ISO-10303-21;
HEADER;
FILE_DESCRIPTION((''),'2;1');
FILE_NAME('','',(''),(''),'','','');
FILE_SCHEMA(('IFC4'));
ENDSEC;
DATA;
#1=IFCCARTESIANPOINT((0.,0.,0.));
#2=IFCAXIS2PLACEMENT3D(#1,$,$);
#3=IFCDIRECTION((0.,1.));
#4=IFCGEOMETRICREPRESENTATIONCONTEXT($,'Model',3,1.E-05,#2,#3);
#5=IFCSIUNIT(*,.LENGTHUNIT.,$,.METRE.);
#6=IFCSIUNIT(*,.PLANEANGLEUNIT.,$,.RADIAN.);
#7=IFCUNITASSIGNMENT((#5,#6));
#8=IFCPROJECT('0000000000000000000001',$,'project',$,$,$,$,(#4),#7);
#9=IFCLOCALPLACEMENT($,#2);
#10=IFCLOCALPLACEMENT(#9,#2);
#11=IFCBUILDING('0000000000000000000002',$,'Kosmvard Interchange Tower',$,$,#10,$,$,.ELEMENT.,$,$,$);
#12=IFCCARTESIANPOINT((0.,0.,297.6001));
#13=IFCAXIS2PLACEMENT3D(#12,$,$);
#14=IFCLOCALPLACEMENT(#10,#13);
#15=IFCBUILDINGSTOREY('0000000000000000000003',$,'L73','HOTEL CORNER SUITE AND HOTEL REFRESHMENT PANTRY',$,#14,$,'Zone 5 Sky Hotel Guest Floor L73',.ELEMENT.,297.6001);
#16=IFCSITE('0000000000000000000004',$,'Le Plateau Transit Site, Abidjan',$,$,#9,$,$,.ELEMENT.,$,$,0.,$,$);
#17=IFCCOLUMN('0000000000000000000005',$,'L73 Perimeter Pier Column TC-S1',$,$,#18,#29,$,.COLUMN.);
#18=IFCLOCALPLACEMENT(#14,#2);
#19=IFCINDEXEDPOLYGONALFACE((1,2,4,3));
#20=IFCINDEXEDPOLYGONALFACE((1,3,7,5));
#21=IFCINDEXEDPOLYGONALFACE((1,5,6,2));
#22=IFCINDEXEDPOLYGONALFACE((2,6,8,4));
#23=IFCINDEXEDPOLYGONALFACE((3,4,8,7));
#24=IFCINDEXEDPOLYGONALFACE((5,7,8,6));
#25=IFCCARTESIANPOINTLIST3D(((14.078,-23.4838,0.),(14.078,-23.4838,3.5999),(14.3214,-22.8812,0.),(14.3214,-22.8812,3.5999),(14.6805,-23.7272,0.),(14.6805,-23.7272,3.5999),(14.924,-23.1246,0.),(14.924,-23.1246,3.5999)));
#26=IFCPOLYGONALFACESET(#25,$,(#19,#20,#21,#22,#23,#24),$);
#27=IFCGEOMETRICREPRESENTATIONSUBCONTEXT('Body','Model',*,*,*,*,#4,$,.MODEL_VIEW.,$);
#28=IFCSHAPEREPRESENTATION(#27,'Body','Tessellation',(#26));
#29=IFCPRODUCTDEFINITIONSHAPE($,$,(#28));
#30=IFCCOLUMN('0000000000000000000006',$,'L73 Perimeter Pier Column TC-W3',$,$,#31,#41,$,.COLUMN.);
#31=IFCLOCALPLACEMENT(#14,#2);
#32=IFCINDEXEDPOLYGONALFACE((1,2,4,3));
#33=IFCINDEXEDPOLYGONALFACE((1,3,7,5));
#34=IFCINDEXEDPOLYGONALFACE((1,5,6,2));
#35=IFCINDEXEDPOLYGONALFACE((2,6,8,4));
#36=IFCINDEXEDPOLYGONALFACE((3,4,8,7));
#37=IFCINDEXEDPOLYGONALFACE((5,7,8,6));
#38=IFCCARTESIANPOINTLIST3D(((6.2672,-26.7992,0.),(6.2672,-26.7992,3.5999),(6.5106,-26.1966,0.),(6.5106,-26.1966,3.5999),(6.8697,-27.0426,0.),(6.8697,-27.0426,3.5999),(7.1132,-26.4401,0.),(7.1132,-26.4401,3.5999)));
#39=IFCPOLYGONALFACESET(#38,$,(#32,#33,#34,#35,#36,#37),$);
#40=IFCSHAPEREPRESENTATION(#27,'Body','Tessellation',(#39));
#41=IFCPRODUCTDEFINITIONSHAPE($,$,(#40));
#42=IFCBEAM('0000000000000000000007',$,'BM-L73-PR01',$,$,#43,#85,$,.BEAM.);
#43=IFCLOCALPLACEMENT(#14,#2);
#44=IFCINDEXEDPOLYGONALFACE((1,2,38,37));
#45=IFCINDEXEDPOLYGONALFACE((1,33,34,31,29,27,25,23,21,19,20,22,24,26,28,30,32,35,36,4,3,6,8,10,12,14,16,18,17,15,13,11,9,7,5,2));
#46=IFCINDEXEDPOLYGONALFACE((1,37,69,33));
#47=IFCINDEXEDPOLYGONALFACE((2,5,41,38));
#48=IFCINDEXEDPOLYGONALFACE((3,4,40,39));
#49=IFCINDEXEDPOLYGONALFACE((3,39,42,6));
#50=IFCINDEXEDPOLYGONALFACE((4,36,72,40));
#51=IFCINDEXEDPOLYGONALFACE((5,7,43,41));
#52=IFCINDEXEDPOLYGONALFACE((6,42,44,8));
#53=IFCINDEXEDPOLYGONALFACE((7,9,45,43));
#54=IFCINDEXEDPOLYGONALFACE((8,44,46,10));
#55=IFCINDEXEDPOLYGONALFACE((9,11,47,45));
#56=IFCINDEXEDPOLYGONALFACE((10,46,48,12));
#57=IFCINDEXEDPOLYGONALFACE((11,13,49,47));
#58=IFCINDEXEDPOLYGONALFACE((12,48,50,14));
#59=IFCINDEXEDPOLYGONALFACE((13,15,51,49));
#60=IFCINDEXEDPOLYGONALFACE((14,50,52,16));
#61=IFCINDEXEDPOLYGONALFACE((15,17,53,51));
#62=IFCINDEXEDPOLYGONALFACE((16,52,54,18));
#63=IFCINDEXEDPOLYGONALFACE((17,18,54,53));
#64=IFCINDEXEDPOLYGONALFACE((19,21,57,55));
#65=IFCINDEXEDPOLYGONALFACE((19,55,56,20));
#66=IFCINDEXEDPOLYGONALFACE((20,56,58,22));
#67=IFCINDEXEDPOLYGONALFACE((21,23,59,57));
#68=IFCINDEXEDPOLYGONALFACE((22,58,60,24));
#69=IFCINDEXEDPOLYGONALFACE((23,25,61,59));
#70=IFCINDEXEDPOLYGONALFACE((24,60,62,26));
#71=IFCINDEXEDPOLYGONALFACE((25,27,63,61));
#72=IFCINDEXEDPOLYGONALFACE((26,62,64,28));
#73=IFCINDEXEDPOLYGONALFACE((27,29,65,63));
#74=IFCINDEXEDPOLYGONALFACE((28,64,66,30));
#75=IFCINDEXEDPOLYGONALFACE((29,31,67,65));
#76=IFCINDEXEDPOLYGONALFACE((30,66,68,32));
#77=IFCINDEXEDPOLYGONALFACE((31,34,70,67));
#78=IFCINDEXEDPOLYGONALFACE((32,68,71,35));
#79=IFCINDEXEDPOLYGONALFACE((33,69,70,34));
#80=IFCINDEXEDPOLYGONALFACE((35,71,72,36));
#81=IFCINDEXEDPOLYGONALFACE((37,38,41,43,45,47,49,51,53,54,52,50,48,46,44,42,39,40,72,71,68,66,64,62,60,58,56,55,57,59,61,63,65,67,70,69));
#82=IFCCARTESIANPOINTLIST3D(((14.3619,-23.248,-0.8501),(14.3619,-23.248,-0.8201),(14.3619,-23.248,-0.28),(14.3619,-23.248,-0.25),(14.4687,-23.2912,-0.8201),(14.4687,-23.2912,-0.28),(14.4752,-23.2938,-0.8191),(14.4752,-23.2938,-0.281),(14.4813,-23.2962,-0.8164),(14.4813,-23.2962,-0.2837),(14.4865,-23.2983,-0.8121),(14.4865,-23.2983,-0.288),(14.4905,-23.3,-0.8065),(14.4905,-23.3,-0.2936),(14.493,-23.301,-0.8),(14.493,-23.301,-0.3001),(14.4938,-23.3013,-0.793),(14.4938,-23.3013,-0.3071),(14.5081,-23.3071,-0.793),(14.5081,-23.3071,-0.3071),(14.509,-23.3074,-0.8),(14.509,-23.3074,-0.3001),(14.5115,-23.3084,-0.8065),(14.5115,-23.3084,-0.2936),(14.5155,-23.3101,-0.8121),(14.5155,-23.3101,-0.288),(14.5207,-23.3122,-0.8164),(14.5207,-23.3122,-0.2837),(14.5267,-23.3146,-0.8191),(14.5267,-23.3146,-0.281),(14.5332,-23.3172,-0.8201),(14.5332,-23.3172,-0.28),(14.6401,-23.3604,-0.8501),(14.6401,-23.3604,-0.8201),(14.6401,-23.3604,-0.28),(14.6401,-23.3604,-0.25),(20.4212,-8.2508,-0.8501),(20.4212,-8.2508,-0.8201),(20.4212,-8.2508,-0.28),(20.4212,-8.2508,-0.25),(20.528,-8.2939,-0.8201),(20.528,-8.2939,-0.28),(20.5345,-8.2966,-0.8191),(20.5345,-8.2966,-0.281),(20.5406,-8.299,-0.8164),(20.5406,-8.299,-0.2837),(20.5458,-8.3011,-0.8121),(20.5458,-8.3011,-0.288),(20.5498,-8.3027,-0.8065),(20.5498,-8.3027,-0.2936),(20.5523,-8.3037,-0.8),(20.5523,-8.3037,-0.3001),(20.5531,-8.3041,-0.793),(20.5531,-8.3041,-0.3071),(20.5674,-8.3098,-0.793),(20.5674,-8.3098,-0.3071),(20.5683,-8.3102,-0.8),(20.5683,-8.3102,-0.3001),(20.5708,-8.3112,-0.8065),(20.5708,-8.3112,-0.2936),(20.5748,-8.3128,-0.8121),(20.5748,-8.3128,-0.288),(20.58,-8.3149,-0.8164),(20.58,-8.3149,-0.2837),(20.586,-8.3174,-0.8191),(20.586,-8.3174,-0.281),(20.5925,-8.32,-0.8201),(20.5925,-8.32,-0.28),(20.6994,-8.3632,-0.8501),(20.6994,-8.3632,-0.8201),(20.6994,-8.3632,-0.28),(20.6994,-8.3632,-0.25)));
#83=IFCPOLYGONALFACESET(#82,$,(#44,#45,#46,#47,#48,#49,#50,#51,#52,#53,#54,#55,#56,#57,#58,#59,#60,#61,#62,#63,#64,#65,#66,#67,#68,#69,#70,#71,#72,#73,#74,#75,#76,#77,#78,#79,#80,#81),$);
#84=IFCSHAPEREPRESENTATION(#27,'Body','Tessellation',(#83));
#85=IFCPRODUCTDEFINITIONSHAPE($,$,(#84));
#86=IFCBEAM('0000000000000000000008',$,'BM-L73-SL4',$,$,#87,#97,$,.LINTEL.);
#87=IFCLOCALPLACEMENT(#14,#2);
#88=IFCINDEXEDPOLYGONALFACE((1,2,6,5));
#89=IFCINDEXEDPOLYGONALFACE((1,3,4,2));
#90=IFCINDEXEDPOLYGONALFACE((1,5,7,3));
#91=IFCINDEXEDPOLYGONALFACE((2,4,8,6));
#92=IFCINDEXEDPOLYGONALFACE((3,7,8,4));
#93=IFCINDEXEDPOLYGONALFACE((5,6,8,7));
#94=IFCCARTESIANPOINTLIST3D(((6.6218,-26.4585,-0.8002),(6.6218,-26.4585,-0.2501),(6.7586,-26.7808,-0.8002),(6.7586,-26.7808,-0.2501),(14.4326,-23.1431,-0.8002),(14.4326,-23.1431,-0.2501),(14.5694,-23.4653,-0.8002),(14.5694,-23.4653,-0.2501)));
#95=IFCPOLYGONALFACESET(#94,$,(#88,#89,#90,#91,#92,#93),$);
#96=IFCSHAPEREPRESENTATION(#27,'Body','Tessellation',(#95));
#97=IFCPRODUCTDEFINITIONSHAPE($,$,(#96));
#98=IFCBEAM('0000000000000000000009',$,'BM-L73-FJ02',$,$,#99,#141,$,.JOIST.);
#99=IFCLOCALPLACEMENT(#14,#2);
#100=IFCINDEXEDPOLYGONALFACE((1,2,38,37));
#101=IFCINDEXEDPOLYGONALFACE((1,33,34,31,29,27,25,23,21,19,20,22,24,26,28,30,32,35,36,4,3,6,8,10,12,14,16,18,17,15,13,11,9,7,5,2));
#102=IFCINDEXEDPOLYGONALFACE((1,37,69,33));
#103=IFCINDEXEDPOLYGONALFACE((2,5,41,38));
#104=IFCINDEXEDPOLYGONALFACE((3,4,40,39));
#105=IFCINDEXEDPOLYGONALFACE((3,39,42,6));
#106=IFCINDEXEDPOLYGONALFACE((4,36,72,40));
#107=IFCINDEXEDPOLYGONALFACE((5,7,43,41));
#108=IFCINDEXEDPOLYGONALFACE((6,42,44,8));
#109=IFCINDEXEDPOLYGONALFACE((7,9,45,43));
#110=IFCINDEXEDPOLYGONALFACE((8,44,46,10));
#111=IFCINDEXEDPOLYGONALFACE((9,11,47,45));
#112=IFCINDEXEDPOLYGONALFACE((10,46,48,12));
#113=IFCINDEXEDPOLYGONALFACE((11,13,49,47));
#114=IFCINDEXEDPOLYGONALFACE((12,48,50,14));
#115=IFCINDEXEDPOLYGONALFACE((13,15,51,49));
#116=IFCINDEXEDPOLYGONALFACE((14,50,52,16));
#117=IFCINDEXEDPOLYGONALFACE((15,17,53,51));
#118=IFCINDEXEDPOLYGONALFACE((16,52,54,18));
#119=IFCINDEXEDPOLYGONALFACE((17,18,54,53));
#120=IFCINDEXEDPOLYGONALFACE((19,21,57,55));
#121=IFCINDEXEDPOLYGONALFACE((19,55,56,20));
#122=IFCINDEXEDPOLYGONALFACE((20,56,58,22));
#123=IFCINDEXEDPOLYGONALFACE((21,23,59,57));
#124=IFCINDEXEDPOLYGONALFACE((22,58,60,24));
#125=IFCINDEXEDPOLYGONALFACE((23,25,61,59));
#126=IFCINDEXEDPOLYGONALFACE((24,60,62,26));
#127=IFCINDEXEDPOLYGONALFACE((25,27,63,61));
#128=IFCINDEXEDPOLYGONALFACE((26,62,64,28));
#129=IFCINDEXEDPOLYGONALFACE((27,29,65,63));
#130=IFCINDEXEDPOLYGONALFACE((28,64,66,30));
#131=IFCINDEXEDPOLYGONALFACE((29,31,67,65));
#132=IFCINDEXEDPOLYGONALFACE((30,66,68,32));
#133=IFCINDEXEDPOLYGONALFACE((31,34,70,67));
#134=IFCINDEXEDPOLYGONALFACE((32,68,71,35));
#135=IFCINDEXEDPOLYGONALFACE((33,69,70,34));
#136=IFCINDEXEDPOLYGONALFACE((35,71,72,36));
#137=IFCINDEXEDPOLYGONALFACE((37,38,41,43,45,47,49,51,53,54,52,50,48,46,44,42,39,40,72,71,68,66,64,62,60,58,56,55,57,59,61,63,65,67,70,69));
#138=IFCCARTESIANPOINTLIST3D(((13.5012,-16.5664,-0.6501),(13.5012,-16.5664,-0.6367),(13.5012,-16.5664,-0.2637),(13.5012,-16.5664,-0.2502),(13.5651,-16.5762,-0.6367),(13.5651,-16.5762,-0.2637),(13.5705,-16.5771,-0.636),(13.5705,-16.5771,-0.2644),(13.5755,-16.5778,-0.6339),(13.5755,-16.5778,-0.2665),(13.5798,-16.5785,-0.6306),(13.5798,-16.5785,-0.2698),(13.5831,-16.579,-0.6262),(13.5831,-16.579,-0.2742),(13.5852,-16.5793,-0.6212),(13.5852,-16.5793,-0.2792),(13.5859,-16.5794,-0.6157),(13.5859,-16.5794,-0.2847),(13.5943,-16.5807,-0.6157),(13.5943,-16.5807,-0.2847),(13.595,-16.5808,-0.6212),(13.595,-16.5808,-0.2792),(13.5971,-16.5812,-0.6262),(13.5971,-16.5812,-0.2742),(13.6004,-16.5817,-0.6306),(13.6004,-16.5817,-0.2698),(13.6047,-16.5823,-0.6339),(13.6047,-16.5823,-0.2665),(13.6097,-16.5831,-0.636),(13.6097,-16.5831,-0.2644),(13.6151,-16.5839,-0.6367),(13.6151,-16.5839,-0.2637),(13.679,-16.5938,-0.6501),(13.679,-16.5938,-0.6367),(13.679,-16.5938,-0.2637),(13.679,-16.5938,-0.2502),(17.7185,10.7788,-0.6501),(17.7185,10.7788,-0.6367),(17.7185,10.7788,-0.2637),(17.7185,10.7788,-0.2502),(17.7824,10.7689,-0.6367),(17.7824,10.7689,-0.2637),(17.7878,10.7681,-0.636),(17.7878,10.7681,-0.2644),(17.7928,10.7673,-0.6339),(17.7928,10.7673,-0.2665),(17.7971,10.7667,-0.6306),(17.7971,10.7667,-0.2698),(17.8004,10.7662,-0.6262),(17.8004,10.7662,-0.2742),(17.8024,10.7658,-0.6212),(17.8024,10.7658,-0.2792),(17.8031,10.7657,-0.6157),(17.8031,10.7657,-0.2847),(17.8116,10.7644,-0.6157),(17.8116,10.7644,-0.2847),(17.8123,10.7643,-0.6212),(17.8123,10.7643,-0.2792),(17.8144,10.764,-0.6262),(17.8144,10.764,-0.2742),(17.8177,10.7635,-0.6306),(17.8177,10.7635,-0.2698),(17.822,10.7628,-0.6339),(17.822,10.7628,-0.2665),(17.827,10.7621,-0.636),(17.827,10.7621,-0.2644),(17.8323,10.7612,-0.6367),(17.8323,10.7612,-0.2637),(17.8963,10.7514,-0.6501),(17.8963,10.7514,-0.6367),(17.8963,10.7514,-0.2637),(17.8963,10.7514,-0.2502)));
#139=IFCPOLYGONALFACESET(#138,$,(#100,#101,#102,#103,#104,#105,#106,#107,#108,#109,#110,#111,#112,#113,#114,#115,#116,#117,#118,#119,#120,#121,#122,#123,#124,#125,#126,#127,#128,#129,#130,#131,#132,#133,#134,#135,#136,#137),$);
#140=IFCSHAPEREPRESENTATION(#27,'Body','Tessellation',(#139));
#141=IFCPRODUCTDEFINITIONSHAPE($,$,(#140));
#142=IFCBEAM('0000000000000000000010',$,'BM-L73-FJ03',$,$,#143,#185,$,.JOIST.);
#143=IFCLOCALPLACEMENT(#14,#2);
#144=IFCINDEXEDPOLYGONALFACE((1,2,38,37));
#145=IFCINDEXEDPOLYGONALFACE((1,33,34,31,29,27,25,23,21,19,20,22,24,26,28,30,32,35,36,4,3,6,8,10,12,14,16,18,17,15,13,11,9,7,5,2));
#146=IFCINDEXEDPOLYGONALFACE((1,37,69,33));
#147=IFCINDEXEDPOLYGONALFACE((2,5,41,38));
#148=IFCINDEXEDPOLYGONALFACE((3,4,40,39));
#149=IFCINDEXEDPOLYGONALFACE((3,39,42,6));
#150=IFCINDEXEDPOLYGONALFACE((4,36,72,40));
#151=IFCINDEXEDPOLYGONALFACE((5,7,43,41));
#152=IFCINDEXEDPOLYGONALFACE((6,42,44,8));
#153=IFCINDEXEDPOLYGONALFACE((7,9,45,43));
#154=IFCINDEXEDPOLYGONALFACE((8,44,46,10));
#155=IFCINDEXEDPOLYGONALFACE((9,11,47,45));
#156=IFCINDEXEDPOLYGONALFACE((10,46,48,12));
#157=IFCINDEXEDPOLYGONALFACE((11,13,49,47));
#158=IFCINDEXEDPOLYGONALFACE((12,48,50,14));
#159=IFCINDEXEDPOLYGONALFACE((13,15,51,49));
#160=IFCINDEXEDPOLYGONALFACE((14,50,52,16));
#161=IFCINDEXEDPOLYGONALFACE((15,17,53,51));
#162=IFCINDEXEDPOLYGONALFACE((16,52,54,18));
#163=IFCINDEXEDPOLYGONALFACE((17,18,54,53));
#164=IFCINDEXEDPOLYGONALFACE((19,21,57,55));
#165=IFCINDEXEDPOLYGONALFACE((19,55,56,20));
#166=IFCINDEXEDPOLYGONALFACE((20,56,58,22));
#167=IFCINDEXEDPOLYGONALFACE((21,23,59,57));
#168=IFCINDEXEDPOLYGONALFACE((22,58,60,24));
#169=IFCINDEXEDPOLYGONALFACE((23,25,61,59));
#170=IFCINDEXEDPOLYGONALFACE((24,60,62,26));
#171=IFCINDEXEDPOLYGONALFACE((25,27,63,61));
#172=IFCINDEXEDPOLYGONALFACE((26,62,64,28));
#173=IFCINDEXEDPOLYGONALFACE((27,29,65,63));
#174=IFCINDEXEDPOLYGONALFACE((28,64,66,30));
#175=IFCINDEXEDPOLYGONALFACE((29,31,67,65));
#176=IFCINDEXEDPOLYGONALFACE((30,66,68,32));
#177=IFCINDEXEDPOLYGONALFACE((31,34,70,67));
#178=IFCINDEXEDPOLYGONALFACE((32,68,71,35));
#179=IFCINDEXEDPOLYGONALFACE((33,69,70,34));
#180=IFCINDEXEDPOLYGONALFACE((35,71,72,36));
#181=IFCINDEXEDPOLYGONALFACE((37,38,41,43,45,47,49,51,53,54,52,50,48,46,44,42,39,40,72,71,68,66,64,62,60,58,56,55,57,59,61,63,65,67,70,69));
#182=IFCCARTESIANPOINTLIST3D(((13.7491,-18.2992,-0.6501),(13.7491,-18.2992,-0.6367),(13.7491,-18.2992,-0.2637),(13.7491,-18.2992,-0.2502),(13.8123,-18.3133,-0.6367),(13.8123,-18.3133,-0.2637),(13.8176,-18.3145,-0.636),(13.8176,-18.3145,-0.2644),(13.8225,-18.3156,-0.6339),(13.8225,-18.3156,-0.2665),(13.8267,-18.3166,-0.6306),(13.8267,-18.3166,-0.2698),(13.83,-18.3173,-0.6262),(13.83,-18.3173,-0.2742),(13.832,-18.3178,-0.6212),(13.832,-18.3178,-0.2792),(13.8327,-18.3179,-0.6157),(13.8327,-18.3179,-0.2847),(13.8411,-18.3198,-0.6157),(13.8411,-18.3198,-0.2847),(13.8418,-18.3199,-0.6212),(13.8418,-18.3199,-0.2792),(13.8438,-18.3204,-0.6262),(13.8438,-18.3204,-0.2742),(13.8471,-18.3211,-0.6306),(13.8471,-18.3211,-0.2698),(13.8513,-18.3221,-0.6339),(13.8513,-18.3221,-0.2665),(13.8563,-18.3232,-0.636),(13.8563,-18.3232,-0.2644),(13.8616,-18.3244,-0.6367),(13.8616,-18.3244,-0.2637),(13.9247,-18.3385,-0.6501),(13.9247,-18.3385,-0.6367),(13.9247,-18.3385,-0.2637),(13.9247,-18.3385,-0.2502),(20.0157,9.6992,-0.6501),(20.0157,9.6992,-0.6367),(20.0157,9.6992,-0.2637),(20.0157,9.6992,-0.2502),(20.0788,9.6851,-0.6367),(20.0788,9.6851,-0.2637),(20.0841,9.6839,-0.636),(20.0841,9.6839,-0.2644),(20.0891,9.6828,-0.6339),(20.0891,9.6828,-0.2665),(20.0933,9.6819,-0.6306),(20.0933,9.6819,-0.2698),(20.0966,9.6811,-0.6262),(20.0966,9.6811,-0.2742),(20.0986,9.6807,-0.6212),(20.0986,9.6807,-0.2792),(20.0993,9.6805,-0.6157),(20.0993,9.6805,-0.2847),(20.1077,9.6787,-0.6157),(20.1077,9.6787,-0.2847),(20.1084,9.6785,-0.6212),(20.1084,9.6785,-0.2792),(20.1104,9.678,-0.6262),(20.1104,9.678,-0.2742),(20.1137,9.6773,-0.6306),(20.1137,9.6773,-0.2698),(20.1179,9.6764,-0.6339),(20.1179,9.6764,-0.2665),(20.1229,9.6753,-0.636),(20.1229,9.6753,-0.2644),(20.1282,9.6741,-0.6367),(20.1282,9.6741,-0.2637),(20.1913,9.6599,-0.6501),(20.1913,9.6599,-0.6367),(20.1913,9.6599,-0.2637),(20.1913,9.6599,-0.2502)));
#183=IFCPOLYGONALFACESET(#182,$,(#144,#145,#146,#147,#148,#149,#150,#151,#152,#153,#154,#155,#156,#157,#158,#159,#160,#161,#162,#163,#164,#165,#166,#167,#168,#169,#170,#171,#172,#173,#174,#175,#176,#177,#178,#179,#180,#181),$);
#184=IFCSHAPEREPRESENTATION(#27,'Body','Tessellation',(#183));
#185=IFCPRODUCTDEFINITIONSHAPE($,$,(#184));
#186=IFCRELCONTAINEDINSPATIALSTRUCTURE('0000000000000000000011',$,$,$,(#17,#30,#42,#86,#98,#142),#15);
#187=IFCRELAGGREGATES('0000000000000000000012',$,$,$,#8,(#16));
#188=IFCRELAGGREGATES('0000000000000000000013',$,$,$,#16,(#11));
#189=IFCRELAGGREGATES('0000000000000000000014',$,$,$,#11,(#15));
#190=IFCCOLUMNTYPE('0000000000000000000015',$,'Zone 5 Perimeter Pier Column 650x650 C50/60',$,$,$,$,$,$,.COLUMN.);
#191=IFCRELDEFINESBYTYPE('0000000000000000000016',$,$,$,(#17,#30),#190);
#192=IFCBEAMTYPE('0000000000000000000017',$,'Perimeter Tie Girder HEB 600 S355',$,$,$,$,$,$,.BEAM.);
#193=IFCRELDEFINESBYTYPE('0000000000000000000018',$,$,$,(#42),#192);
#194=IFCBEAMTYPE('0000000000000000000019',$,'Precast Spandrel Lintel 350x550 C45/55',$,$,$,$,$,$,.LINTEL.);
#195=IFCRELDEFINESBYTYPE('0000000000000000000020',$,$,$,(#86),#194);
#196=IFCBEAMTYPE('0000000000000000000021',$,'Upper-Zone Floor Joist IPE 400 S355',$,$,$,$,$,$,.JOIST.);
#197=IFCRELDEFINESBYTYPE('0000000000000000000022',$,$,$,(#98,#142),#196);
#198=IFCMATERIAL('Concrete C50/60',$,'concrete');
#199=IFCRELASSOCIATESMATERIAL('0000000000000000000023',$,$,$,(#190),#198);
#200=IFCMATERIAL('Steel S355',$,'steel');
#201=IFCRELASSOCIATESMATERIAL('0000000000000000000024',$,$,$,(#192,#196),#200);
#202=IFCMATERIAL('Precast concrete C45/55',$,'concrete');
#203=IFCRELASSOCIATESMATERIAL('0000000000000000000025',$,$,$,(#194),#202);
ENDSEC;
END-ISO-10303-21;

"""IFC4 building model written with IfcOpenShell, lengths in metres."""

from ifc_helpers import new_model, si_unit, direction, frame, origin, origin_2d, place, context, subcontext, project, spatial, rectangle, i_section, extrude, source, transform, mapped, material, material_profile, profile_set, type_object, element, save


model = new_model("IFC4")

# Units and contexts
model_context = context("Model", 3, precision=1e-05, world=origin(), true_north=direction((0.0, 1.0)))
body_context = subcontext(model_context, "Body", "Model", "MODEL_VIEW")
ifc_project = project(units=[si_unit("LENGTHUNIT", "METRE"), si_unit("PLANEANGLEUNIT", "RADIAN")], contexts=[model_context])

# Site, building, storey
site_placement = place(None, origin())
site = spatial("IfcSite", under=ifc_project, at=site_placement, Name="Le Plateau Transit Site, Abidjan", CompositionType="ELEMENT", RefElevation=0.0)
building_placement = place(site_placement, origin())
building = spatial("IfcBuilding", under=site, at=building_placement, Name="Kosmvard Interchange Tower", CompositionType="ELEMENT")
storey_placement = place(building_placement, frame((0.0, 0.0, 297.6001)))
storey = spatial("IfcBuildingStorey", under=building, at=storey_placement, Name="L73", Description="HOTEL CORNER SUITE AND HOTEL REFRESHMENT PANTRY", LongName="Zone 5 Sky Hotel Guest Floor L73", CompositionType="ELEMENT", Elevation=297.6001)

# Columns
ifc_material_1 = material(Name="Concrete C50/60", Category="concrete")
ifc_material_profile_1 = material_profile(ifc_material_1, rectangle(XDim=0.6499, YDim=0.6499, at=origin_2d()), Name="TC 650x650")
ifc_profile_set_1 = profile_set([ifc_material_profile_1], Name="Concrete C50/60")
column_type = type_object("IfcColumnType", Name="Zone 5 Perimeter Pier Column 650x650 C50/60", PredefinedType="COLUMN", material=ifc_profile_set_1)
shared_shape_1 = source(origin(), body_context, "Body", "SweptSolid", [
    extrude(rectangle(XDim=0.6499, YDim=0.6499, at=origin_2d()), origin(), (0.0, 0.0, 1.0), 3.5999),
])
for number, where, z_axis, x_axis, name in (
    (1, (14.501, -23.3042, 0.0), (0.0, 0.0, 1.0), (0.374607, 0.927184, 0.0), "L73 Perimeter Pier Column TC-S1"),
    (2, (6.6902, -26.6196, 0.0), (0.0, 0.0, 1.0), (0.374607, 0.927184, 0.0), "L73 Perimeter Pier Column TC-W3"),
):
    element("IfcColumn", number, at=place(storey_placement, frame(where, z_axis=z_axis, x_axis=x_axis)), inside=storey, type_object=column_type, Name=name, PredefinedType="COLUMN", context=body_context, shape_type="MappedRepresentation", body=[
        mapped(shared_shape_1, transform((0.0, 0.0, 0.0), scale=1.0)),
    ])

# Beams
ifc_material_2 = material(Name="Steel S355", Category="steel")
ifc_material_profile_2 = material_profile(ifc_material_2, i_section(OverallWidth=0.3, OverallDepth=0.6001, WebThickness=0.0154, FlangeThickness=0.03, FilletRadius=0.0271, at=origin_2d()), Name="HEB 600")
ifc_profile_set_2 = profile_set([ifc_material_profile_2], Name="Steel S355")
beam_type_1 = type_object("IfcBeamType", Name="Perimeter Tie Girder HEB 600 S355", PredefinedType="BEAM", material=ifc_profile_set_2)
shared_shape_2 = source(origin(), body_context, "Body", "SweptSolid", [
    extrude(i_section(OverallWidth=0.3, OverallDepth=0.6001, WebThickness=0.0154, FlangeThickness=0.03, FilletRadius=0.0271, at=origin_2d()), origin(), (0.0, 0.0, 1.0), 16.175),
])
beam_1_placement = place(storey_placement, frame((14.501, -23.3042, -0.55), z_axis=(0.374608, 0.927183, 0.0), x_axis=(-0.927183, 0.374608, 0.0)))
element("IfcBeam", 3, at=beam_1_placement, inside=storey, type_object=beam_type_1, Name="BM-L73-PR01", PredefinedType="BEAM", context=body_context, shape_type="MappedRepresentation", body=[
    mapped(shared_shape_2, transform((0.0, 0.0, 0.0), scale=1.0)),
])
ifc_material_3 = material(Name="Precast concrete C45/55", Category="concrete")
ifc_material_profile_3 = material_profile(ifc_material_3, rectangle(XDim=0.3501, YDim=0.55, at=origin_2d()), Name="SL 350x550")
ifc_profile_set_3 = profile_set([ifc_material_profile_3], Name="Precast concrete C45/55")
beam_type_2 = type_object("IfcBeamType", Name="Precast Spandrel Lintel 350x550 C45/55", PredefinedType="LINTEL", material=ifc_profile_set_3)
shared_shape_3 = source(origin(), body_context, "Body", "SweptSolid", [
    extrude(rectangle(XDim=0.3501, YDim=0.55, at=origin_2d()), origin(), (0.0, 0.0, 1.0), 8.4854),
])
beam_2_placement = place(storey_placement, frame((6.6902, -26.6196, -0.5251), z_axis=(0.920507, 0.390726, 0.0), x_axis=(-0.390726, 0.920507, 0.0)))
element("IfcBeam", 4, at=beam_2_placement, inside=storey, type_object=beam_type_2, Name="BM-L73-SL4", PredefinedType="LINTEL", context=body_context, shape_type="MappedRepresentation", body=[
    mapped(shared_shape_3, transform((0.0, 0.0, 0.0), scale=1.0)),
])
ifc_material_profile_4 = material_profile(ifc_material_2, i_section(OverallWidth=0.1799, OverallDepth=0.3999, WebThickness=0.0085, FlangeThickness=0.0134, FilletRadius=0.021, at=origin_2d()), Name="IPE 400")
ifc_profile_set_4 = profile_set([ifc_material_profile_4], Name="Steel S355")
beam_type_3 = type_object("IfcBeamType", Name="Upper-Zone Floor Joist IPE 400 S355", PredefinedType="JOIST", material=ifc_profile_set_4)
shared_shape_4 = source(origin(), body_context, "Body", "SweptSolid", [
    extrude(i_section(OverallWidth=0.1799, OverallDepth=0.3999, WebThickness=0.0085, FlangeThickness=0.0134, FilletRadius=0.021, at=origin_2d()), origin(), (0.0, 0.0, 1.0), 27.6685),
])
beam_3_placement = place(storey_placement, frame((13.5901, -16.5801, -0.4502), z_axis=(0.152422, 0.988316, 0.0), x_axis=(-0.988316, 0.152422, 0.0)))
element("IfcBeam", 5, at=beam_3_placement, inside=storey, type_object=beam_type_3, Name="BM-L73-FJ02", PredefinedType="JOIST", context=body_context, shape_type="MappedRepresentation", body=[
    mapped(shared_shape_4, transform((0.0, 0.0, 0.0), scale=1.0)),
])
shared_shape_5 = source(origin(), body_context, "Body", "SweptSolid", [
    extrude(i_section(OverallWidth=0.1799, OverallDepth=0.3999, WebThickness=0.0085, FlangeThickness=0.0134, FilletRadius=0.021, at=origin_2d()), origin(), (0.0, 0.0, 1.0), 28.6912),
])
beam_4_placement = place(storey_placement, frame((13.8369, -18.3188, -0.4502), z_axis=(0.218415, 0.975856, 0.0), x_axis=(-0.975856, 0.218415, 0.0)))
element("IfcBeam", 6, at=beam_4_placement, inside=storey, type_object=beam_type_3, Name="BM-L73-FJ03", PredefinedType="JOIST", context=body_context, shape_type="MappedRepresentation", body=[
    mapped(shared_shape_5, transform((0.0, 0.0, 0.0), scale=1.0)),
])

save(model, "model.ifc")
